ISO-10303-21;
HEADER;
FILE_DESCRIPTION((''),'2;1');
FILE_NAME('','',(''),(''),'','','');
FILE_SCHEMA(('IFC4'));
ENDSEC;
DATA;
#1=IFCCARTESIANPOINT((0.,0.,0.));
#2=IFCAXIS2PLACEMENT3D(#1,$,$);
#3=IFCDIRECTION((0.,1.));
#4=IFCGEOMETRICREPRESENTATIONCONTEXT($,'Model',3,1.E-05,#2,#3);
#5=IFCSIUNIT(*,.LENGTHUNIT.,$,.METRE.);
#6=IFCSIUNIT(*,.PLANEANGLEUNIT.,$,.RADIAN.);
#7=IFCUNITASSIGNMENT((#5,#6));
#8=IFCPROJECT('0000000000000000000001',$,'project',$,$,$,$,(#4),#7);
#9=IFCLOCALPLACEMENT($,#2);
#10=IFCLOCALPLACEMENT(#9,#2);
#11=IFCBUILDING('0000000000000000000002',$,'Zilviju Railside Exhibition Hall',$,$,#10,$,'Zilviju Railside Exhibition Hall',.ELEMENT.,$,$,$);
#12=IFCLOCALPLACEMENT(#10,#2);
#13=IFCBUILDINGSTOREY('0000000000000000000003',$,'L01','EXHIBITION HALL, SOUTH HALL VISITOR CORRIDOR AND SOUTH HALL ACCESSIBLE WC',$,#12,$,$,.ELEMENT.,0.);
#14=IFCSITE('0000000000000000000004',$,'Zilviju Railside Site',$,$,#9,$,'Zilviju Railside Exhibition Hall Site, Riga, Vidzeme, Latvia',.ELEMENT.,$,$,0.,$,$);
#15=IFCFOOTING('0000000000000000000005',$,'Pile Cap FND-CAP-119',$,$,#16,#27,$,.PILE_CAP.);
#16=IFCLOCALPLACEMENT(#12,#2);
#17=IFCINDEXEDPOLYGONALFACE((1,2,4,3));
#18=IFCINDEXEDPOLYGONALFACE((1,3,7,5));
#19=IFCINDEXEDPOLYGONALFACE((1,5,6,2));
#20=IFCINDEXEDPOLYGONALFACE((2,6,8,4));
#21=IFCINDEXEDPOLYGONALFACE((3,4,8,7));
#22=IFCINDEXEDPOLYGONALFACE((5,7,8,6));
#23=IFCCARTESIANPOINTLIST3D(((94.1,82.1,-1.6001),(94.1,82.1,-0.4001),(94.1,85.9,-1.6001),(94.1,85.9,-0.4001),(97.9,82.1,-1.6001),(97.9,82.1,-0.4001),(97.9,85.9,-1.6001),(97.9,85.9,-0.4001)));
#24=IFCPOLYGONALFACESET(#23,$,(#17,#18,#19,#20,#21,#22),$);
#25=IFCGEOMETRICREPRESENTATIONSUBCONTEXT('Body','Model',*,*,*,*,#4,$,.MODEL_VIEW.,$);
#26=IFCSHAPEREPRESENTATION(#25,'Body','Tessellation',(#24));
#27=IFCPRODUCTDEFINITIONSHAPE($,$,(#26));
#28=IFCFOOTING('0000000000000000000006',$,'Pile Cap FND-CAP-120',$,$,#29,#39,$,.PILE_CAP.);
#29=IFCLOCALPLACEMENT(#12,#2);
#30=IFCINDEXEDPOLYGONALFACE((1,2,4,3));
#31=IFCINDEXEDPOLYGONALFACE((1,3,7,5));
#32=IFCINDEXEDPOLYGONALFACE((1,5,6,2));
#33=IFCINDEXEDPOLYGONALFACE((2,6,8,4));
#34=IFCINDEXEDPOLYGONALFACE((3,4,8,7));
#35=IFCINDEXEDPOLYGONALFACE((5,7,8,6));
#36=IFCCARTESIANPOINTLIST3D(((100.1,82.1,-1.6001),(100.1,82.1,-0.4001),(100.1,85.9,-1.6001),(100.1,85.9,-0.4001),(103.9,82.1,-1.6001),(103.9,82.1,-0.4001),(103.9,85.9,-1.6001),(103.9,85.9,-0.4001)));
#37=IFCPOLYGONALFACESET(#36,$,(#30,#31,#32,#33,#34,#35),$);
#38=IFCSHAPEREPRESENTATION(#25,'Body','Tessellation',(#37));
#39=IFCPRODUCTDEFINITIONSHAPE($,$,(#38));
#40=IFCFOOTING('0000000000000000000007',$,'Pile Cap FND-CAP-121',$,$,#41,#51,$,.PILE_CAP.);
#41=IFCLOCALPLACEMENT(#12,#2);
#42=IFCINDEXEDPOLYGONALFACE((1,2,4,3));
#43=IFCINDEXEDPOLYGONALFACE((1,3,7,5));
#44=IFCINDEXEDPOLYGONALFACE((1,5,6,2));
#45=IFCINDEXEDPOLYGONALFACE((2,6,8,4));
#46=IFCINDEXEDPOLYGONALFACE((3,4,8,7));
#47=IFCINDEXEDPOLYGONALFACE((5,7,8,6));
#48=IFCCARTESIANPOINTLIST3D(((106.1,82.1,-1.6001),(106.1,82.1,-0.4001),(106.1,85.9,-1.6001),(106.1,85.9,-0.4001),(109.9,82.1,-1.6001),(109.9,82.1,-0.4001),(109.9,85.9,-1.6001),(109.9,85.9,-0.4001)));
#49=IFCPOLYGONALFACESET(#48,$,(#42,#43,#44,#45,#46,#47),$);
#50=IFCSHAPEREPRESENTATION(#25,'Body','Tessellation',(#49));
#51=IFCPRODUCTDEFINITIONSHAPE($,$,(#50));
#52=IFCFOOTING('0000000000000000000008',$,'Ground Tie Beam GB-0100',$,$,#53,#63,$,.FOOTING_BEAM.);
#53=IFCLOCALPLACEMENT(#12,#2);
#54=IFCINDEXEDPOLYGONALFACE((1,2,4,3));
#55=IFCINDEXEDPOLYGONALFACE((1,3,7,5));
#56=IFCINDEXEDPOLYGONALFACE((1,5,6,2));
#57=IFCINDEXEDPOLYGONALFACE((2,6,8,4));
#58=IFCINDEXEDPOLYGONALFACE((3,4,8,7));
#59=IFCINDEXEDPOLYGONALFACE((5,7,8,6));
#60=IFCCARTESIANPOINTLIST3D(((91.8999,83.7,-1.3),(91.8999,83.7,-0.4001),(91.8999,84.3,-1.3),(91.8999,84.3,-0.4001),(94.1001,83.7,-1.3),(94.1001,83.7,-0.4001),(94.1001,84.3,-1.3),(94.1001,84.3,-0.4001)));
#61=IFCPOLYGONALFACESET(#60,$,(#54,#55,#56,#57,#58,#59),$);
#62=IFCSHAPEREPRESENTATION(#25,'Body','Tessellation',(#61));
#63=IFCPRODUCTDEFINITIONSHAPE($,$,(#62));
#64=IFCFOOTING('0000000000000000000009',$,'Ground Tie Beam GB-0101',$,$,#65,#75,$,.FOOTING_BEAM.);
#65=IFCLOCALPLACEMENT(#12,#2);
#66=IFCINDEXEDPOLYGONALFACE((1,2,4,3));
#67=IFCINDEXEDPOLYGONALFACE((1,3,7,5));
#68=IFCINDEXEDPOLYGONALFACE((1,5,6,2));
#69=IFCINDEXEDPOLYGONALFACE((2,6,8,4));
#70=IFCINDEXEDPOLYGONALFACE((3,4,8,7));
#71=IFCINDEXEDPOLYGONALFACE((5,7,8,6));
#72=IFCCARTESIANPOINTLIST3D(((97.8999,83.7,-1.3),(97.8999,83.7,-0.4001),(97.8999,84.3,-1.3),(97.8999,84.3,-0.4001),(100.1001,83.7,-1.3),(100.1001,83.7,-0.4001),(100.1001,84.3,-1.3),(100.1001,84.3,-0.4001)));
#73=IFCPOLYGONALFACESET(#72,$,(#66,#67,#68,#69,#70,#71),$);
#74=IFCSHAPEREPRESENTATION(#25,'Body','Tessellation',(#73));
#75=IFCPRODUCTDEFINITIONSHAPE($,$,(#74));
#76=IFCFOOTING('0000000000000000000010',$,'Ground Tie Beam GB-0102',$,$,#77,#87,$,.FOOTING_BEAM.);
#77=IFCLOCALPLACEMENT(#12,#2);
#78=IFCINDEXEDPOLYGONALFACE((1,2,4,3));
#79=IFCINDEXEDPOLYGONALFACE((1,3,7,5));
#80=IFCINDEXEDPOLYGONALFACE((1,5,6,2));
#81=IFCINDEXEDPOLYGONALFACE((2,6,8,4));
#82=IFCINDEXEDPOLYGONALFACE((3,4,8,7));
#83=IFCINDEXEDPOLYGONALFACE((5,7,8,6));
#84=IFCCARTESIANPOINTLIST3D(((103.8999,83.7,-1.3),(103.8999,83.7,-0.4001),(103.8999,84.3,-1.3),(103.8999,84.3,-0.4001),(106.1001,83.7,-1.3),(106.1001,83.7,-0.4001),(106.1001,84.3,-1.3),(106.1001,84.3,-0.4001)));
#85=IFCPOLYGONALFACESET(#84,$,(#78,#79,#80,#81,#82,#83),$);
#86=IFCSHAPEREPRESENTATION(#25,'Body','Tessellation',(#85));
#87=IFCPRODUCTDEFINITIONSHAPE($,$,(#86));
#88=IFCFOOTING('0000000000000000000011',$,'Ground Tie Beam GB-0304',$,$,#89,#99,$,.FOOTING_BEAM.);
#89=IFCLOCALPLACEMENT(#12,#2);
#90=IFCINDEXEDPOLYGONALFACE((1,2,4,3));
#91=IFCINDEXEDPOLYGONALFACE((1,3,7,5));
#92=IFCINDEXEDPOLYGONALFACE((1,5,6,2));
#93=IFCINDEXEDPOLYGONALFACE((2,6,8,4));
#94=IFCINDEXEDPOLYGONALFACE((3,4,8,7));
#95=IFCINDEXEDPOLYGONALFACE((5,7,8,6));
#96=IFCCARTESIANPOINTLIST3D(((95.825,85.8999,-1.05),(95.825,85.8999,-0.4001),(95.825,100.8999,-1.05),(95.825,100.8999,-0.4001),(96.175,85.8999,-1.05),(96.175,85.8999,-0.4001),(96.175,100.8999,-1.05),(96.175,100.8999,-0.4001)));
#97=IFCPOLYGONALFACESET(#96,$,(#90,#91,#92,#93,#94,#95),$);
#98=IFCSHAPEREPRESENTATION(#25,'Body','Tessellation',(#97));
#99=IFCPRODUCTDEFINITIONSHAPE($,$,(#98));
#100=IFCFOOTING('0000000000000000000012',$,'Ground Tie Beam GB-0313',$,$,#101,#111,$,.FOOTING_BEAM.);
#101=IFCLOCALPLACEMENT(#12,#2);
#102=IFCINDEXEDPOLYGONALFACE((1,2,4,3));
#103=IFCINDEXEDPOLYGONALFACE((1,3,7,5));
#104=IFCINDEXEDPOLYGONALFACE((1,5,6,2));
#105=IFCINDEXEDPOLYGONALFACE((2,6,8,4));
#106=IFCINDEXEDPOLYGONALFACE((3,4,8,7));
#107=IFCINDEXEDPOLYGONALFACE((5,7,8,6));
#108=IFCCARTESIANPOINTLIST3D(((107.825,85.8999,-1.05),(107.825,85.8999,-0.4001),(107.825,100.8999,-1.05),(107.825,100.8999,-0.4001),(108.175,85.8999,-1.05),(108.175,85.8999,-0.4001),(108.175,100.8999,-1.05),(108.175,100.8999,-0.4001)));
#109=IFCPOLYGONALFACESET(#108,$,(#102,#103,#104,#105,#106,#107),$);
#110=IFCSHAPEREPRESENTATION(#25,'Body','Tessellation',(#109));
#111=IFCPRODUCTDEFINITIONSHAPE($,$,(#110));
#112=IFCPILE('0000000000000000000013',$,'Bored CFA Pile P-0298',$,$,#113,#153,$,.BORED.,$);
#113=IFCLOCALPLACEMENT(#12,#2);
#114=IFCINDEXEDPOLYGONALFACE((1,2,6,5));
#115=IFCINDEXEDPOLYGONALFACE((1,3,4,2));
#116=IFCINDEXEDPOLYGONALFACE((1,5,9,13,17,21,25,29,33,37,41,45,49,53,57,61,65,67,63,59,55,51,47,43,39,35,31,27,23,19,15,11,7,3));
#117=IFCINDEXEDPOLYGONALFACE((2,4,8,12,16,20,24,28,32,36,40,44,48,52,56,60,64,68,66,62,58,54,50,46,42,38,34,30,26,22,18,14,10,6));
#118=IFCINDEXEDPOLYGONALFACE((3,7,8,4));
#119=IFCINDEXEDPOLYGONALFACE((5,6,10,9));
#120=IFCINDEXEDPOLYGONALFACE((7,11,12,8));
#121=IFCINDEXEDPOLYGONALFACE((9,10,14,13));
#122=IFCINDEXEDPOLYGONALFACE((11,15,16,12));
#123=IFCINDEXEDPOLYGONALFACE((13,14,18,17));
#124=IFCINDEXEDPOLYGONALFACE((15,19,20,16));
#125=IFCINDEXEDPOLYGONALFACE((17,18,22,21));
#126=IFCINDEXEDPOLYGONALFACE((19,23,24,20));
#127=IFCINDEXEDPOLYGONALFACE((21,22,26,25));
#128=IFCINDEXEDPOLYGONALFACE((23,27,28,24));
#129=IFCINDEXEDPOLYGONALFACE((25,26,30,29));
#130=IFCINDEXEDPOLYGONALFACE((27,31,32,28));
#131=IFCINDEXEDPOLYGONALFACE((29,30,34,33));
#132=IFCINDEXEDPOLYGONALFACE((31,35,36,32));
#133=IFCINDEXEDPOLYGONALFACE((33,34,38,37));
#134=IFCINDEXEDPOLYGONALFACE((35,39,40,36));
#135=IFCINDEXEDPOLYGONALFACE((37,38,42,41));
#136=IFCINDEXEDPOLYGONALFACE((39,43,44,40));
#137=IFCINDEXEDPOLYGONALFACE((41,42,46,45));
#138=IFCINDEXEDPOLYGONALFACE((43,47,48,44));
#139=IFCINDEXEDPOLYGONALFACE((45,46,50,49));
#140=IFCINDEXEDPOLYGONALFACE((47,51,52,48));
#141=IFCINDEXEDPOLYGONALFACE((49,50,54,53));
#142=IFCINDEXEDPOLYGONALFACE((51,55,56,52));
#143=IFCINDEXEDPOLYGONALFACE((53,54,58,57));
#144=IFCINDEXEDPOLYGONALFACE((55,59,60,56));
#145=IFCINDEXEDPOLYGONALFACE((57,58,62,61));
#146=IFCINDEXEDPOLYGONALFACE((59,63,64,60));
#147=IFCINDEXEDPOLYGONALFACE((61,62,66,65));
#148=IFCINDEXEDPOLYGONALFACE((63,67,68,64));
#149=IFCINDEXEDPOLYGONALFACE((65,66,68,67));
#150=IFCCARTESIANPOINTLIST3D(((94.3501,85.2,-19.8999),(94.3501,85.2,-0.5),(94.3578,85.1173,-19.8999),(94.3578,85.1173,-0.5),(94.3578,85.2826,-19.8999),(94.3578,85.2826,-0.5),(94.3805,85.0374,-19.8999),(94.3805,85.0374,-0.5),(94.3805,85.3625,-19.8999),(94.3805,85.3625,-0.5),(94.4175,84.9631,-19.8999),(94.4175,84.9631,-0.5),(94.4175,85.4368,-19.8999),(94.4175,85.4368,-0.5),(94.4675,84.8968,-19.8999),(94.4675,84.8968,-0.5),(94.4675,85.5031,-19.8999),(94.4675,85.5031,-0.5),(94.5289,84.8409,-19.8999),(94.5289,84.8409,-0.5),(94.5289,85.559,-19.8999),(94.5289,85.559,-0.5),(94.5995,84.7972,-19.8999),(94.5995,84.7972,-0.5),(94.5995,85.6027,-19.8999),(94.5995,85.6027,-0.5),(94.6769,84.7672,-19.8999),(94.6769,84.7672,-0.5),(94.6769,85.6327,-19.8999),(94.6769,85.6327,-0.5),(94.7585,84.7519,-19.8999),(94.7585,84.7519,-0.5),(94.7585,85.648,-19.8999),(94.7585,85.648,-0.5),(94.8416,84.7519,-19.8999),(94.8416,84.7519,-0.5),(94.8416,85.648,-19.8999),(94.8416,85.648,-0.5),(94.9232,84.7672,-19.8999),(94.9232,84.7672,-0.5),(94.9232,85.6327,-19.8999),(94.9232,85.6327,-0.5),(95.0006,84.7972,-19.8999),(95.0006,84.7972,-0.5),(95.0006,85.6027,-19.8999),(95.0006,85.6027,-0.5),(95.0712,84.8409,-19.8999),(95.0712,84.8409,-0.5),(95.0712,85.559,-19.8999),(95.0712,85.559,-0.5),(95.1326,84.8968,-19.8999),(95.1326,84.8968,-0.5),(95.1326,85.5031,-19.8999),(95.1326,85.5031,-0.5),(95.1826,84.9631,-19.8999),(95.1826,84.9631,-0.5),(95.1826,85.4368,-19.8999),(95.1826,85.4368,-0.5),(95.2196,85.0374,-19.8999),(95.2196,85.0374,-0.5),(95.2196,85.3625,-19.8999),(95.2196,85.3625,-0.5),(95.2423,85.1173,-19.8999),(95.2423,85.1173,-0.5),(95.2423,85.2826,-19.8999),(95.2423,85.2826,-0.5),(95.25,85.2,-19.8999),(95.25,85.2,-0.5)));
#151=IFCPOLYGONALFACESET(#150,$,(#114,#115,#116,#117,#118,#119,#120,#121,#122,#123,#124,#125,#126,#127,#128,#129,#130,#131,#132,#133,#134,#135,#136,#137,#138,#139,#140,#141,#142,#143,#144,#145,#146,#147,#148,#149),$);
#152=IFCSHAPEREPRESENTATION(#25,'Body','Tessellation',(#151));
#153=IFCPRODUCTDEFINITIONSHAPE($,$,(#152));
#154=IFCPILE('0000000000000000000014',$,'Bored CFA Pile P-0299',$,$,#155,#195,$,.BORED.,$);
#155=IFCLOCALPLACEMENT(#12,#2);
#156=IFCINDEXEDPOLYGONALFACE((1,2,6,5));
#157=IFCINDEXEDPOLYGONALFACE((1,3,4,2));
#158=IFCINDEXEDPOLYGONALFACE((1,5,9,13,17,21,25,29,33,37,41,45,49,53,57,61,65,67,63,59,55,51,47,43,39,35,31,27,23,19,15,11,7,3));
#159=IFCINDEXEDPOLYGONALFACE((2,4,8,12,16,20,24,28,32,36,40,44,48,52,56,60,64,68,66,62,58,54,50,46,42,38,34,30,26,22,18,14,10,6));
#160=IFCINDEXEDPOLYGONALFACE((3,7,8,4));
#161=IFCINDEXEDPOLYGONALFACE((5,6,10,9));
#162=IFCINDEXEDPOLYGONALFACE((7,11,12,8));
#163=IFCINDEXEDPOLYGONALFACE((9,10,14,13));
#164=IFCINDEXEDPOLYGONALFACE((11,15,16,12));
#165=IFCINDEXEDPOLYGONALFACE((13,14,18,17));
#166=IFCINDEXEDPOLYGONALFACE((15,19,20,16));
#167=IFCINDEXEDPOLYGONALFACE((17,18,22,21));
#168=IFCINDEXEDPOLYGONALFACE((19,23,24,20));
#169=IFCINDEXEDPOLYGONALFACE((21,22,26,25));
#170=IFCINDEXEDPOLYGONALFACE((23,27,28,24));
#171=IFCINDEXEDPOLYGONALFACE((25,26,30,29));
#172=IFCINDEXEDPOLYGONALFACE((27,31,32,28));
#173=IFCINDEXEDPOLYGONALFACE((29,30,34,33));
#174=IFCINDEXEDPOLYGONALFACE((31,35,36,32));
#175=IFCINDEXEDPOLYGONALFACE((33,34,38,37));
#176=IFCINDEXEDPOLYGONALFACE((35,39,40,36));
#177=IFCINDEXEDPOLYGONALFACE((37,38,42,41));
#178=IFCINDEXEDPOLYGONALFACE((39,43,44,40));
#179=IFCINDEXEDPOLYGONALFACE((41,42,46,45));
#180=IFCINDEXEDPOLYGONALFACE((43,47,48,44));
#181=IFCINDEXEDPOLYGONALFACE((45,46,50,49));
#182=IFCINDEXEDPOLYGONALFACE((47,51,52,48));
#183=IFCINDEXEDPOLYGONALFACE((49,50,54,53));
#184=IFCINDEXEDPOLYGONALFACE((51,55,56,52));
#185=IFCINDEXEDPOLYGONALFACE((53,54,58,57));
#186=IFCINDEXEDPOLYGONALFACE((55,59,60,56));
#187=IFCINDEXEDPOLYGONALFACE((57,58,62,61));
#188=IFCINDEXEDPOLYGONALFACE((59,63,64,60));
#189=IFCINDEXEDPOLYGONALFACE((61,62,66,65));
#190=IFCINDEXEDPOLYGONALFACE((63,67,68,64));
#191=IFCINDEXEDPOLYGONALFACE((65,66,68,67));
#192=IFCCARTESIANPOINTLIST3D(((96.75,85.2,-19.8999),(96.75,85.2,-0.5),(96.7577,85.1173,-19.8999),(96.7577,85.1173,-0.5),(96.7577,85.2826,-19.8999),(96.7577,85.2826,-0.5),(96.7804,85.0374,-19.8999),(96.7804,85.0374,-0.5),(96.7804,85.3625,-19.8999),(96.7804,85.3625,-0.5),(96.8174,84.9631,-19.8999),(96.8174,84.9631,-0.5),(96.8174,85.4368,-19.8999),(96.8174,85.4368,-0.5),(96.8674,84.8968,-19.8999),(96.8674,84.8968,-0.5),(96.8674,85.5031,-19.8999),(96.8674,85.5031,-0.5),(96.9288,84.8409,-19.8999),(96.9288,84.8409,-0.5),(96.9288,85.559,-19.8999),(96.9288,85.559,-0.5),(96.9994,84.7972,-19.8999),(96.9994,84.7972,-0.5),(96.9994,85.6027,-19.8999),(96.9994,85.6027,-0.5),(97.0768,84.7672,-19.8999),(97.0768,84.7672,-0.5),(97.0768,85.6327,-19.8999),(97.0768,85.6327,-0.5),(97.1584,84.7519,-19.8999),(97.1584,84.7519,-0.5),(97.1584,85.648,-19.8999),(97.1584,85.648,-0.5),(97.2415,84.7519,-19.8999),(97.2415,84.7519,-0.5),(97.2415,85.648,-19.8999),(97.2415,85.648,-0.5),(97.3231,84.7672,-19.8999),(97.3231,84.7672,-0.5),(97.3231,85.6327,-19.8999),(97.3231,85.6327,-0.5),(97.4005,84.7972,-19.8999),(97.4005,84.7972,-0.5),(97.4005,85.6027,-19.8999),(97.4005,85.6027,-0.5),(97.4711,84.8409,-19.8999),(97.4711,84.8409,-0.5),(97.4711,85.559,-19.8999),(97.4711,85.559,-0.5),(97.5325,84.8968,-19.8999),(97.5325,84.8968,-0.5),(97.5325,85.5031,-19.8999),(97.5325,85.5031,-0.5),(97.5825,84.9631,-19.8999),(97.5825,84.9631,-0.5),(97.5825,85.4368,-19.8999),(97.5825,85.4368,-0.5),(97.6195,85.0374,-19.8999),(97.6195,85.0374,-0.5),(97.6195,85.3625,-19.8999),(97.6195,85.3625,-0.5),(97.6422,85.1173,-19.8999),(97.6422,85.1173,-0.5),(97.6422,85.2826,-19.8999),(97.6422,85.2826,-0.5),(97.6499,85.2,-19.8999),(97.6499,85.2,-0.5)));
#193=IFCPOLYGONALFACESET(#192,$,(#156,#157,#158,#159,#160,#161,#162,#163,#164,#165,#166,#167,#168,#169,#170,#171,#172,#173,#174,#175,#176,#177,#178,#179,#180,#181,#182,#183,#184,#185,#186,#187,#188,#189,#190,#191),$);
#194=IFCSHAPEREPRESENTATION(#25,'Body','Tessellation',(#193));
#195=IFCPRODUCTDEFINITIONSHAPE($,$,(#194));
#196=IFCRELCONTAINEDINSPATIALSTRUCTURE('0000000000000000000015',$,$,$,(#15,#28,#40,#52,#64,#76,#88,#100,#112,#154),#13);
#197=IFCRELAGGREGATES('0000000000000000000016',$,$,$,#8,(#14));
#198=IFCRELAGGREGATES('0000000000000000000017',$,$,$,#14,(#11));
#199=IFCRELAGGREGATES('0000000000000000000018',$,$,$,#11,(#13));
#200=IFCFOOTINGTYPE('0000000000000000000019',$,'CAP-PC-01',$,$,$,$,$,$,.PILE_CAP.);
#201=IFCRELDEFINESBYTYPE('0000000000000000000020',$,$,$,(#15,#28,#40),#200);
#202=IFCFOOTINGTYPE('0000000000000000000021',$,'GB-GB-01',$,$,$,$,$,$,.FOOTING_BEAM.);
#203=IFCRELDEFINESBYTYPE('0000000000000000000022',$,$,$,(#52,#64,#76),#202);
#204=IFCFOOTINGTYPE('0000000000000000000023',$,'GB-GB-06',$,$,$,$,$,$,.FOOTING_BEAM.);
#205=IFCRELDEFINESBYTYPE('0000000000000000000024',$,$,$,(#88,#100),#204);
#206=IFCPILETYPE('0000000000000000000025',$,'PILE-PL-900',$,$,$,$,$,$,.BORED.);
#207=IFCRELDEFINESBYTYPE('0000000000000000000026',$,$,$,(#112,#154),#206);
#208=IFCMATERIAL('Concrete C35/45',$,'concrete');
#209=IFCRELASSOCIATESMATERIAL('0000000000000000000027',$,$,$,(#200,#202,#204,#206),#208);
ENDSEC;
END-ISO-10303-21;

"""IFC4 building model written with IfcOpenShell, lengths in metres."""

from ifc_helpers import new_model, si_unit, direction, frame, origin, origin_2d, place, context, subcontext, project, spatial, rectangle, circle, extrude, material, material_profile, profile_set, type_object, element, save


model = new_model("IFC4")

# Units and contexts
model_context = context("Model", 3, precision=1e-05, world=origin(), true_north=direction((0.0, 1.0)))
body_context = subcontext(model_context, "Body", "Model", "MODEL_VIEW")
ifc_project = project(units=[si_unit("LENGTHUNIT", "METRE"), si_unit("PLANEANGLEUNIT", "RADIAN")], contexts=[model_context])

# Site, building, storey
site_placement = place(None, origin())
site = spatial("IfcSite", under=ifc_project, at=site_placement, Name="Zilviju Railside Site", LongName="Zilviju Railside Exhibition Hall Site, Riga, Vidzeme, Latvia", CompositionType="ELEMENT", RefElevation=0.0)
building_placement = place(site_placement, origin())
building = spatial("IfcBuilding", under=site, at=building_placement, Name="Zilviju Railside Exhibition Hall", LongName="Zilviju Railside Exhibition Hall", CompositionType="ELEMENT")
storey_placement = place(building_placement, origin())
storey = spatial("IfcBuildingStorey", under=building, at=storey_placement, Name="L01", Description="EXHIBITION HALL, SOUTH HALL VISITOR CORRIDOR AND SOUTH HALL ACCESSIBLE WC", CompositionType="ELEMENT", Elevation=0.0)

# Footings
ifc_material_1 = material(Name="Concrete C35/45", Category="concrete")
footing_type_1 = type_object("IfcFootingType", Name="CAP-PC-01", PredefinedType="PILE_CAP", material=ifc_material_1)
for number, where, z_axis, x_axis, name in (
    (1, (96.0, 84.0, -1.6001), (0.0, 0.0, 1.0), (1.0, 0.0, 0.0), "Pile Cap FND-CAP-119"),
    (2, (102.0, 84.0, -1.6001), (0.0, 0.0, 1.0), (1.0, 0.0, 0.0), "Pile Cap FND-CAP-120"),
    (3, (108.0, 84.0, -1.6001), (0.0, 0.0, 1.0), (1.0, 0.0, 0.0), "Pile Cap FND-CAP-121"),
):
    element("IfcFooting", number, at=place(storey_placement, frame(where, z_axis=z_axis, x_axis=x_axis)), inside=storey, type_object=footing_type_1, Name=name, PredefinedType="PILE_CAP", context=body_context, shape_type="SweptSolid", body=[
        extrude(rectangle(XDim=3.8, YDim=3.8, at=origin_2d()), origin(), (0.0, 0.0, 1.0), 1.2),
    ])
ifc_material_profile_1 = material_profile(ifc_material_1, rectangle(XDim=0.6001, YDim=0.8999, at=origin_2d()), Name="TIE BEAM 600x900")
ifc_profile_set_1 = profile_set([ifc_material_profile_1], Name="Concrete C35/45")
footing_type_2 = type_object("IfcFootingType", Name="GB-GB-01", PredefinedType="FOOTING_BEAM", material=ifc_profile_set_1)
for number, where, z_axis, x_axis, name in (
    (4, (91.8999, 84.0, -0.8501), (1.0, 0.0, 0.0), (0.0, 1.0, 0.0), "Ground Tie Beam GB-0100"),
    (5, (97.8999, 84.0, -0.8501), (1.0, 0.0, 0.0), (0.0, 1.0, 0.0), "Ground Tie Beam GB-0101"),
    (6, (103.8999, 84.0, -0.8501), (1.0, 0.0, 0.0), (0.0, 1.0, 0.0), "Ground Tie Beam GB-0102"),
):
    element("IfcFooting", number, at=place(storey_placement, frame(where, z_axis=z_axis, x_axis=x_axis)), inside=storey, type_object=footing_type_2, Name=name, PredefinedType="FOOTING_BEAM", context=body_context, shape_type="SweptSolid", body=[
        extrude(rectangle(XDim=0.6001, YDim=0.8999, at=origin_2d()), origin(), (0.0, 0.0, 1.0), 2.2002),
    ])
ifc_material_profile_2 = material_profile(ifc_material_1, rectangle(XDim=0.3501, YDim=0.6499, at=origin_2d()), Name="TIE BEAM 350x650")
ifc_profile_set_2 = profile_set([ifc_material_profile_2], Name="Concrete C35/45")
footing_type_3 = type_object("IfcFootingType", Name="GB-GB-06", PredefinedType="FOOTING_BEAM", material=ifc_profile_set_2)
for number, where, z_axis, x_axis, name in (
    (7, (96.0, 85.8999, -0.7251), (0.0, 1.0, 0.0), (-1.0, 0.0, 0.0), "Ground Tie Beam GB-0304"),
    (8, (108.0, 85.8999, -0.7251), (0.0, 1.0, 0.0), (-1.0, 0.0, 0.0), "Ground Tie Beam GB-0313"),
):
    element("IfcFooting", number, at=place(storey_placement, frame(where, z_axis=z_axis, x_axis=x_axis)), inside=storey, type_object=footing_type_3, Name=name, PredefinedType="FOOTING_BEAM", context=body_context, shape_type="SweptSolid", body=[
        extrude(rectangle(XDim=0.3501, YDim=0.6499, at=origin_2d()), origin(), (0.0, 0.0, 1.0), 15.0),
    ])

# Piles
ifc_material_profile_3 = material_profile(ifc_material_1, circle(Radius=0.45, at=origin_2d()), Name="CFA PILE D900")
ifc_profile_set_3 = profile_set([ifc_material_profile_3], Name="Concrete C35/45")
pile_type = type_object("IfcPileType", Name="PILE-PL-900", PredefinedType="BORED", material=ifc_profile_set_3)
for number, where, z_axis, x_axis, name in (
    (9, (94.8, 85.2, -0.5), (0.0, 0.0, -1.0), (1.0, 0.0, 0.0), "Bored CFA Pile P-0298"),
    (10, (97.2, 85.2, -0.5), (0.0, 0.0, -1.0), (1.0, 0.0, 0.0), "Bored CFA Pile P-0299"),
):
    element("IfcPile", number, at=place(storey_placement, frame(where, z_axis=z_axis, x_axis=x_axis)), inside=storey, type_object=pile_type, Name=name, PredefinedType="BORED", context=body_context, shape_type="SweptSolid", body=[
        extrude(circle(Radius=0.45, at=origin_2d()), origin(), (0.0, 0.0, 1.0), 19.3999),
    ])

save(model, "model.ifc")
